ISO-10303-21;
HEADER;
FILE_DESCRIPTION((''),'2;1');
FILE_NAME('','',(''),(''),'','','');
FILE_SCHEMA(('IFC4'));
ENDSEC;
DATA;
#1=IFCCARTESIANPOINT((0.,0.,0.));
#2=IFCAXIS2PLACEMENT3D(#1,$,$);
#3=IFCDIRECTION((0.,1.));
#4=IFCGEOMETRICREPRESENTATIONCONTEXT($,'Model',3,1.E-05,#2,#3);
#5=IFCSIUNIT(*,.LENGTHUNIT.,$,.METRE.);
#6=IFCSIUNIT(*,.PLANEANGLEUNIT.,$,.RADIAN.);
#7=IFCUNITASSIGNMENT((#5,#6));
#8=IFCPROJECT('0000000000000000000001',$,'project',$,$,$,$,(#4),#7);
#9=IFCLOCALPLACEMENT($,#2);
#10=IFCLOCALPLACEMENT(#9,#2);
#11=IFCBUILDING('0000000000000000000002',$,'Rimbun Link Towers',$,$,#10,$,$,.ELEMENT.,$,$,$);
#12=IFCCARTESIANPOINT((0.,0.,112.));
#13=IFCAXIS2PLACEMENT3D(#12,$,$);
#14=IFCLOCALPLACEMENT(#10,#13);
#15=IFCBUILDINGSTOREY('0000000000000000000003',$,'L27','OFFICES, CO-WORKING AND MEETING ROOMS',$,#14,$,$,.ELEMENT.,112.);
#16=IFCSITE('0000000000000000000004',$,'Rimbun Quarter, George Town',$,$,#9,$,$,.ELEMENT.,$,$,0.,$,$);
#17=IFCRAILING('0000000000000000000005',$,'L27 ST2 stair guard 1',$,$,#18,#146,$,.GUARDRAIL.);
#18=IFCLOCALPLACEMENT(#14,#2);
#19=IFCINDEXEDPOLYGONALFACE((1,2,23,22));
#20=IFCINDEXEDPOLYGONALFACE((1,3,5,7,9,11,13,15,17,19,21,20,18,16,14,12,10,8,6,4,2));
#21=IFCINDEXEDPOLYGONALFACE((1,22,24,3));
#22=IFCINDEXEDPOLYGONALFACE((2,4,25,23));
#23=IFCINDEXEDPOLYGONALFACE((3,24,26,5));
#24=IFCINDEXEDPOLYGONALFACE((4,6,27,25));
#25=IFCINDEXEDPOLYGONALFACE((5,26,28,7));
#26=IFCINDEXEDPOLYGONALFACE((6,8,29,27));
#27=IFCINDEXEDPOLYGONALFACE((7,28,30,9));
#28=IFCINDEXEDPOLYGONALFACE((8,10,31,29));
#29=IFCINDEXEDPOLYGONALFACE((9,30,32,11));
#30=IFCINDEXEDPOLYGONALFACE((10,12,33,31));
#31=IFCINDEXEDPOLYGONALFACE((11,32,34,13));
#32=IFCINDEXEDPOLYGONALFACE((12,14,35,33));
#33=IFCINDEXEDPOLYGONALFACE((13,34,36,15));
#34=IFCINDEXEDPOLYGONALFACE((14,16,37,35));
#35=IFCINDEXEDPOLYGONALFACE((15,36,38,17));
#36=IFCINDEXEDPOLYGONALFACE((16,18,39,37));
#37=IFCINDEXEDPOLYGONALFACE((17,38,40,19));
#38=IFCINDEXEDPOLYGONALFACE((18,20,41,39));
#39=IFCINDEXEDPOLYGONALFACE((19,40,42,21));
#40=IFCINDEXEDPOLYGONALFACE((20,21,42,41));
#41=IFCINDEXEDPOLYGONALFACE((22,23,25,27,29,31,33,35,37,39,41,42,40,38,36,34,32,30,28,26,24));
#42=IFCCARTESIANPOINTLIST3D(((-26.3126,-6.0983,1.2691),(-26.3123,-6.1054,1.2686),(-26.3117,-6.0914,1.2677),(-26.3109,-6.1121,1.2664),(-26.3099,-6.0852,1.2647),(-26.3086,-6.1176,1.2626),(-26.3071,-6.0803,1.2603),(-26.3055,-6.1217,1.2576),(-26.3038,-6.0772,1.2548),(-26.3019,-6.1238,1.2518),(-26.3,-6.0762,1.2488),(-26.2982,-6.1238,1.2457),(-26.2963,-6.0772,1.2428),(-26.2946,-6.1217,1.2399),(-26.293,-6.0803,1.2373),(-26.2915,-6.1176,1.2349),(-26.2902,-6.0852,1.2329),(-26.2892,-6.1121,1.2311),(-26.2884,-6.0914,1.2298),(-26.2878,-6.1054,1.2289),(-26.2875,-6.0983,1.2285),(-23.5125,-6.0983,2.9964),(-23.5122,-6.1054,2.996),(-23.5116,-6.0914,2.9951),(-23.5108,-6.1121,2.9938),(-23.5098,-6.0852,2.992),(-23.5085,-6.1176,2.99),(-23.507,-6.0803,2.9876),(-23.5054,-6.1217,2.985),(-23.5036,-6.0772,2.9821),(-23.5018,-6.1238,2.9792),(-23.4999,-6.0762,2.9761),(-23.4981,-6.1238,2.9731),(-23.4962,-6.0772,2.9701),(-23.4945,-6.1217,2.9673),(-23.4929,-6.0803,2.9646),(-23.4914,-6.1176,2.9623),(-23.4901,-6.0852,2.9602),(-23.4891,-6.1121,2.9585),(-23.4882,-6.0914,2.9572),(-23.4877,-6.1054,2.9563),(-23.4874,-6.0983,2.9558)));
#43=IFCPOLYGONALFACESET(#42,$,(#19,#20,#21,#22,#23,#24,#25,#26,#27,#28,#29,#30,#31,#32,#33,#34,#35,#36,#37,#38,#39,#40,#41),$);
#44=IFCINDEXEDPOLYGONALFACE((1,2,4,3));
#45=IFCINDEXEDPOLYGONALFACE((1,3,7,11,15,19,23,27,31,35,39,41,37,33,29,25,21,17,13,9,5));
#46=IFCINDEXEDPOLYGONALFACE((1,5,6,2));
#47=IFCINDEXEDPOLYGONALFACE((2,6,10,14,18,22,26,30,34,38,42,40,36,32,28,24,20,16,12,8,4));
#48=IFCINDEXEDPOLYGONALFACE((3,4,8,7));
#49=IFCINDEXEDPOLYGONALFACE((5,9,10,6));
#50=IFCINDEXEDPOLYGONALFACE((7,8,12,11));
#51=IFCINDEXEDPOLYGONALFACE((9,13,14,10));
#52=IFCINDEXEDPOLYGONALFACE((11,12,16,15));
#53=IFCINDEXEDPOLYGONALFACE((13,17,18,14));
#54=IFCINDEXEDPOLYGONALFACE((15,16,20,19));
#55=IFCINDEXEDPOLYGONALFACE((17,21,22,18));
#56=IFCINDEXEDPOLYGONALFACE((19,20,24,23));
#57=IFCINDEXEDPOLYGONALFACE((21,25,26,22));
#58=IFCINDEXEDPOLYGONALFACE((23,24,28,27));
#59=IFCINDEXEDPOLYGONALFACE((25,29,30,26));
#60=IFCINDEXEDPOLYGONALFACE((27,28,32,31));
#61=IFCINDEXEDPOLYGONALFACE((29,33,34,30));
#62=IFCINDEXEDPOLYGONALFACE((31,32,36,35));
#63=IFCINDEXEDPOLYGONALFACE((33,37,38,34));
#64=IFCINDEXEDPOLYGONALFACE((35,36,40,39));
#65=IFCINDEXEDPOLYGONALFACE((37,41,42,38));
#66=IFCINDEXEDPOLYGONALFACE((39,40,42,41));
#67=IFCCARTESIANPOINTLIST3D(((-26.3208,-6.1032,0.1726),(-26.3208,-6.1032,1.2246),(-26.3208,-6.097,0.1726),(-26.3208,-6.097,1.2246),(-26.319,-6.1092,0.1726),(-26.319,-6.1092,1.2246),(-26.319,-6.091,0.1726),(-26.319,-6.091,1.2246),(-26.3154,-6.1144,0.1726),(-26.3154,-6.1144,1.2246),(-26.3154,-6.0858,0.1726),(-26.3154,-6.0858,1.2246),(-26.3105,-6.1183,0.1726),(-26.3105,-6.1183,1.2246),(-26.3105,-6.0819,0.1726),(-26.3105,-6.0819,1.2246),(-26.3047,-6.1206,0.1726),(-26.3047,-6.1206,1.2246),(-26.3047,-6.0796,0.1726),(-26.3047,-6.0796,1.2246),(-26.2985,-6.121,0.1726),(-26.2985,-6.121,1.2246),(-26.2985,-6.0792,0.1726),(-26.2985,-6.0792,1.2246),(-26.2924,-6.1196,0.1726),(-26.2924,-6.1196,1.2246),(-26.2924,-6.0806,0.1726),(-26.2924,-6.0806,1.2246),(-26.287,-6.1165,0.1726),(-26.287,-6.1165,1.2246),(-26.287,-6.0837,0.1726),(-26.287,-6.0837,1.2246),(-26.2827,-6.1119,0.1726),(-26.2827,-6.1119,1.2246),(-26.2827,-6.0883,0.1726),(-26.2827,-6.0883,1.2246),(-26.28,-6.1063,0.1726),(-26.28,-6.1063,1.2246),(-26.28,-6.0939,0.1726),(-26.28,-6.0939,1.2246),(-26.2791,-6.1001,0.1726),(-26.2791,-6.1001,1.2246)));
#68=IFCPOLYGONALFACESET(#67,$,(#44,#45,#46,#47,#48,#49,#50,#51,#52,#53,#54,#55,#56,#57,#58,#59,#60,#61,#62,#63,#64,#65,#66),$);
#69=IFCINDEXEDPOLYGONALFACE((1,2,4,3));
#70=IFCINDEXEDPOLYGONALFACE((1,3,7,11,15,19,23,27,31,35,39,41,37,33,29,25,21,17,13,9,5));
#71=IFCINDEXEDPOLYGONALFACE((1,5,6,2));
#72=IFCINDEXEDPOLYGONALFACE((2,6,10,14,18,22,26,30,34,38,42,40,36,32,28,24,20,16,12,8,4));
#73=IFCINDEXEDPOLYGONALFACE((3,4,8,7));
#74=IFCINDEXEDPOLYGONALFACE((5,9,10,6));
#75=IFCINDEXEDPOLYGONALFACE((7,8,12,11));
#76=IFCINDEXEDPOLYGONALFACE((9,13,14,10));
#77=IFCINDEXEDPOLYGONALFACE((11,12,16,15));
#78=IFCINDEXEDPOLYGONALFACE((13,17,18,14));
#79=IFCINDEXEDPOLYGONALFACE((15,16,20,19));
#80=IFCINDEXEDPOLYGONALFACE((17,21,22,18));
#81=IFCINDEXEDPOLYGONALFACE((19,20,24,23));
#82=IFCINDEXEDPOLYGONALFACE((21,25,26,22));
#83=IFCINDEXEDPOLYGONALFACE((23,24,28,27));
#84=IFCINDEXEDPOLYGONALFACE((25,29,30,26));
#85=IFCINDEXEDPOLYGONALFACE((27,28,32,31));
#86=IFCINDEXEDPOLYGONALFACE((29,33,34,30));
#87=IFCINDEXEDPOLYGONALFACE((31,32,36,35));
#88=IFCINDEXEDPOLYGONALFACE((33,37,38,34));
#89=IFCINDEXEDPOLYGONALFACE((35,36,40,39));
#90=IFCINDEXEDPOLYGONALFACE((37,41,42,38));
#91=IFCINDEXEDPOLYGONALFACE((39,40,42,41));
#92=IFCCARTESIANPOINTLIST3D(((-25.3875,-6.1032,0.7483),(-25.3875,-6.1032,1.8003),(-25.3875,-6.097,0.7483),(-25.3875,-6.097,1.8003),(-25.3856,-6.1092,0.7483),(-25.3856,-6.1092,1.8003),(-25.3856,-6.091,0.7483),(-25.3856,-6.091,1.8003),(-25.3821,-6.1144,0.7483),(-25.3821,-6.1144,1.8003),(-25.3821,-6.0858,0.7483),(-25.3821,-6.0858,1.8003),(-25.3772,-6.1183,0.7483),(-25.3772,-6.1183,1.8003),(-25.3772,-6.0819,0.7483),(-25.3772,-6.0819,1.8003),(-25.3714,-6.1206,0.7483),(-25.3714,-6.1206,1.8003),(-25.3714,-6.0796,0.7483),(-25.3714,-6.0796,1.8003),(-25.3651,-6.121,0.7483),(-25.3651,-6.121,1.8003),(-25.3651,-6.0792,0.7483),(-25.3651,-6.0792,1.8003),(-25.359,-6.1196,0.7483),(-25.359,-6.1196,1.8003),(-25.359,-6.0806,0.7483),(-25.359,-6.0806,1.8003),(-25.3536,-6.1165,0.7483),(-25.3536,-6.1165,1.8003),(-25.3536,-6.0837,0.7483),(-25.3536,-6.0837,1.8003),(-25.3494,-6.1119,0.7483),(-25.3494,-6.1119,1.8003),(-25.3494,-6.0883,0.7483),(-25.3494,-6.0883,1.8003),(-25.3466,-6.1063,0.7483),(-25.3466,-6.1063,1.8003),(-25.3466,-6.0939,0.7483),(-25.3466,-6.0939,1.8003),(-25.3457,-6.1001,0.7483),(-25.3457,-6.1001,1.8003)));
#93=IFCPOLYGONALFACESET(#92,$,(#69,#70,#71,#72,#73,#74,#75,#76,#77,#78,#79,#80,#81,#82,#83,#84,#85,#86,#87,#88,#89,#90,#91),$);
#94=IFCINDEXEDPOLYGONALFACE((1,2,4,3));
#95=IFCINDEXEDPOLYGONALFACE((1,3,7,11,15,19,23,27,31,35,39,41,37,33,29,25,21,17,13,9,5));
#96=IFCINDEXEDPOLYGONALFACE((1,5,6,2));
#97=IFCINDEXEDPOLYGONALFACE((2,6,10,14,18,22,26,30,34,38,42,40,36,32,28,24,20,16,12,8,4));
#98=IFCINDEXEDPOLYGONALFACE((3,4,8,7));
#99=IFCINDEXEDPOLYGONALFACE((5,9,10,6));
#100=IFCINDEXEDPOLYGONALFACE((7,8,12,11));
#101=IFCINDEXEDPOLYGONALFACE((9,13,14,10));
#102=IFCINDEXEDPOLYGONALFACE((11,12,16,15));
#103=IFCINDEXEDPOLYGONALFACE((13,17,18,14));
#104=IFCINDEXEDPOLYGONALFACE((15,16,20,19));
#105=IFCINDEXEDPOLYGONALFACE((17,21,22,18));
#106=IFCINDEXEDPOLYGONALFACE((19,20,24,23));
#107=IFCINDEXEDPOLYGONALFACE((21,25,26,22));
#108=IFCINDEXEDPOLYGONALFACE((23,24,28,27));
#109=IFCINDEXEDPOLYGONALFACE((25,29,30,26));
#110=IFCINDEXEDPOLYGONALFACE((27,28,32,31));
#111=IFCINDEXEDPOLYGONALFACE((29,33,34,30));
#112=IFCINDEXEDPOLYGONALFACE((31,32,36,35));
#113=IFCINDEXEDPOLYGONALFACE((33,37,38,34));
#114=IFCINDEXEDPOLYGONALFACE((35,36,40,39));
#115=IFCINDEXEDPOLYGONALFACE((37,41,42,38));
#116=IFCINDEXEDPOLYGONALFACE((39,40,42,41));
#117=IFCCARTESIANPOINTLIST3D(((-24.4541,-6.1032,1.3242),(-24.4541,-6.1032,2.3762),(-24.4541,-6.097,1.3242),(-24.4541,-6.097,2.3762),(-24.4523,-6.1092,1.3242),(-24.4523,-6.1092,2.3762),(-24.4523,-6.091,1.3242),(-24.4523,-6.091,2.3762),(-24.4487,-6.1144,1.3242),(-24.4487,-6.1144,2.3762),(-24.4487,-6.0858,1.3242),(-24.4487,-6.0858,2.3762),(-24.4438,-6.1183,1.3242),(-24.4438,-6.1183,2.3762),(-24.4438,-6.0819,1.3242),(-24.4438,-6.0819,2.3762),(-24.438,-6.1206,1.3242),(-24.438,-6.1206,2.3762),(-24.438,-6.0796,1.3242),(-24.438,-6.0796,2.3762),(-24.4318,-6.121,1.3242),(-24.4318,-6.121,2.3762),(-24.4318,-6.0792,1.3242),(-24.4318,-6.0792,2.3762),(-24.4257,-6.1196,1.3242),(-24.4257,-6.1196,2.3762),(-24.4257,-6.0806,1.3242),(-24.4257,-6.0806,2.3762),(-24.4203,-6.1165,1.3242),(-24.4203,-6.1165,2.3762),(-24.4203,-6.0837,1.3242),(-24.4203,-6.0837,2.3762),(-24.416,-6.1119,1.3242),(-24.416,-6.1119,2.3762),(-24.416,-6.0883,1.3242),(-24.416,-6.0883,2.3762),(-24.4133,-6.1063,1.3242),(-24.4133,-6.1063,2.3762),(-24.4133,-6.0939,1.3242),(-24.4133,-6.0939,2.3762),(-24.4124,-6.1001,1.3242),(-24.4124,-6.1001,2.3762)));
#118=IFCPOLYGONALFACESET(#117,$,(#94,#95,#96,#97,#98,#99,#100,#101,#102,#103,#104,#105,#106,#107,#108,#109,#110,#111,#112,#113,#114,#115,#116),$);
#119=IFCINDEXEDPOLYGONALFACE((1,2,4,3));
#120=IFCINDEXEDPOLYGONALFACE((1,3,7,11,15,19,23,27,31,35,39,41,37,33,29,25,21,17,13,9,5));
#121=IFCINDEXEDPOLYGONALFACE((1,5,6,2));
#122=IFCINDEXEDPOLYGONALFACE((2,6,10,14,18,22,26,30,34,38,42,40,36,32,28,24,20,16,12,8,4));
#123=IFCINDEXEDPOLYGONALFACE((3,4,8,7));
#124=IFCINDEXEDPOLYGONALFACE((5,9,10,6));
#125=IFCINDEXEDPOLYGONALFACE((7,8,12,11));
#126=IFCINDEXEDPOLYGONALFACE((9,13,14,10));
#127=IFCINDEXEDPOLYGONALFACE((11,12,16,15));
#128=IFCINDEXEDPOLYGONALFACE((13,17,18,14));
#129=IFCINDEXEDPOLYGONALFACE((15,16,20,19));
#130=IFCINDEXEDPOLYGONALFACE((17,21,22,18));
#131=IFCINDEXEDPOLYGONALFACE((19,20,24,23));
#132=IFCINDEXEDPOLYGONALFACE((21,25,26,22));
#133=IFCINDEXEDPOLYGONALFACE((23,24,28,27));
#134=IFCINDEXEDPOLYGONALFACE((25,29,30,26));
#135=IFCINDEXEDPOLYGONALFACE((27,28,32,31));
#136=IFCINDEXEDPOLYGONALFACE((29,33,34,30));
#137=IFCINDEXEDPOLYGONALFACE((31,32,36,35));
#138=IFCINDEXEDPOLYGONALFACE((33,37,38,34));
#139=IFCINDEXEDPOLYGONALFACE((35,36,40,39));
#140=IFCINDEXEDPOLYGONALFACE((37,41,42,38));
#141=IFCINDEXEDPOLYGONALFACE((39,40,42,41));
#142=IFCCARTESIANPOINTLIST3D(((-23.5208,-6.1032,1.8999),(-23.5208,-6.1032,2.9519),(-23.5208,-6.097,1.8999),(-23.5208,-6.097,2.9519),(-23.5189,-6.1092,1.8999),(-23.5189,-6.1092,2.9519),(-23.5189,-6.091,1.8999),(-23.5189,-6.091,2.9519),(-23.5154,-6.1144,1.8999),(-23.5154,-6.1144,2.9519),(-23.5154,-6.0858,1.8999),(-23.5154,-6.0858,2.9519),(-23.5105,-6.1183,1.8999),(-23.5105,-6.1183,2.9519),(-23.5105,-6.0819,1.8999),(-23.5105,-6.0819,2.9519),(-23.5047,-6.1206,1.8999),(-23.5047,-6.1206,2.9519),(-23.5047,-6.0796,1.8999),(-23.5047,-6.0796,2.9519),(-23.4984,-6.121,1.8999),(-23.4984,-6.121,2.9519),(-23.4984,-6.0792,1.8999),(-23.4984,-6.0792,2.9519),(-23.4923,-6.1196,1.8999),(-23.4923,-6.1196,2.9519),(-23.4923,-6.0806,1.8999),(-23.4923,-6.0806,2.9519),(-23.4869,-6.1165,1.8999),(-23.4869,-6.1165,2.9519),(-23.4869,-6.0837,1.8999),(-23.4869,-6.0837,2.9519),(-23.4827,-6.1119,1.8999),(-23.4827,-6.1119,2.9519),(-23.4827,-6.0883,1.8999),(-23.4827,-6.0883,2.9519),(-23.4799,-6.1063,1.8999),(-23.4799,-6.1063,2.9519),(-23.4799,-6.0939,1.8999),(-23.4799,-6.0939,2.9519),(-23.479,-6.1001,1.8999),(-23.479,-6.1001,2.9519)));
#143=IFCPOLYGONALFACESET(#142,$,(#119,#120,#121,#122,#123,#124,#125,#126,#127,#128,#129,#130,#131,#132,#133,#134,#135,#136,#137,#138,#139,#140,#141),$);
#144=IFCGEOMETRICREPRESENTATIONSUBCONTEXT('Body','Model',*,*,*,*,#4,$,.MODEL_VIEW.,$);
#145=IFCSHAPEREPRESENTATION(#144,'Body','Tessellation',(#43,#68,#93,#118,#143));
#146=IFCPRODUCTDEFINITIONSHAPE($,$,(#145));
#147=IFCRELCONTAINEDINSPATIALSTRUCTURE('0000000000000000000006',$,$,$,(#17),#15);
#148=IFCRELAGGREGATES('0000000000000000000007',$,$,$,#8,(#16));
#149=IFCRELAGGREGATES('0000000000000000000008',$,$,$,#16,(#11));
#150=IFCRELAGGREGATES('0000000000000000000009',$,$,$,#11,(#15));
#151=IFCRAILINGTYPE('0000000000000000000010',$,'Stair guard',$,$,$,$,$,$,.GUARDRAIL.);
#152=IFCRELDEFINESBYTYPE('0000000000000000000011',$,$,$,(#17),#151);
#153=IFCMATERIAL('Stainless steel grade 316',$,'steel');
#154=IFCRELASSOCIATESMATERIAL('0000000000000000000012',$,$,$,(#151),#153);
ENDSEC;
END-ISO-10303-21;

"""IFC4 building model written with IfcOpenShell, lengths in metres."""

from ifc_helpers import new_model, si_unit, direction, frame, origin, origin_2d, place, context, subcontext, project, spatial, circle, extrude, material, type_object, element, save


model = new_model("IFC4")

# Units and contexts
model_context = context("Model", 3, precision=1e-05, world=origin(), true_north=direction((0.0, 1.0)))
body_context = subcontext(model_context, "Body", "Model", "MODEL_VIEW")
ifc_project = project(units=[si_unit("LENGTHUNIT", "METRE"), si_unit("PLANEANGLEUNIT", "RADIAN")], contexts=[model_context])

# Site, building, storey
site_placement = place(None, origin())
site = spatial("IfcSite", under=ifc_project, at=site_placement, Name="Rimbun Quarter, George Town", CompositionType="ELEMENT", RefElevation=0.0)
building_placement = place(site_placement, origin())
building = spatial("IfcBuilding", under=site, at=building_placement, Name="Rimbun Link Towers", CompositionType="ELEMENT")
storey_placement = place(building_placement, frame((0.0, 0.0, 112.0)))
storey = spatial("IfcBuildingStorey", under=building, at=storey_placement, Name="L27", Description="OFFICES, CO-WORKING AND MEETING ROOMS", CompositionType="ELEMENT", Elevation=112.0)

# Railing
ifc_material_1 = material(Name="Stainless steel grade 316", Category="steel")
railing_type_1 = type_object("IfcRailingType", Name="Stair guard", PredefinedType="GUARDRAIL", material=ifc_material_1)
railing_1_placement = place(storey_placement, frame((-26.3, -6.1001, 0.1726)))
element("IfcRailing", 1, at=railing_1_placement, inside=storey, type_object=railing_type_1, Name="L27 ST2 stair guard 1", PredefinedType="GUARDRAIL", context=body_context, shape_type="SweptSolid", body=[
    extrude(circle(Radius=0.0239, at=origin_2d()), frame((0.0, 0.0, 1.0762), z_axis=(0.85109, 0.0, 0.52502), x_axis=(0.0, 1.0, 0.0)), (0.0, 0.0, 1.0), 3.29),
    extrude(circle(Radius=0.021, at=origin_2d()), origin(), (0.0, 0.0, 1.0), 1.052),
    extrude(circle(Radius=0.021, at=origin_2d()), frame((0.9333, 0.0, 0.5757)), (0.0, 0.0, 1.0), 1.052),
    extrude(circle(Radius=0.021, at=origin_2d()), frame((1.8667, 0.0, 1.1516)), (0.0, 0.0, 1.0), 1.052),
    extrude(circle(Radius=0.021, at=origin_2d()), frame((2.8, 0.0, 1.7273)), (0.0, 0.0, 1.0), 1.052),
])

save(model, "model.ifc")
